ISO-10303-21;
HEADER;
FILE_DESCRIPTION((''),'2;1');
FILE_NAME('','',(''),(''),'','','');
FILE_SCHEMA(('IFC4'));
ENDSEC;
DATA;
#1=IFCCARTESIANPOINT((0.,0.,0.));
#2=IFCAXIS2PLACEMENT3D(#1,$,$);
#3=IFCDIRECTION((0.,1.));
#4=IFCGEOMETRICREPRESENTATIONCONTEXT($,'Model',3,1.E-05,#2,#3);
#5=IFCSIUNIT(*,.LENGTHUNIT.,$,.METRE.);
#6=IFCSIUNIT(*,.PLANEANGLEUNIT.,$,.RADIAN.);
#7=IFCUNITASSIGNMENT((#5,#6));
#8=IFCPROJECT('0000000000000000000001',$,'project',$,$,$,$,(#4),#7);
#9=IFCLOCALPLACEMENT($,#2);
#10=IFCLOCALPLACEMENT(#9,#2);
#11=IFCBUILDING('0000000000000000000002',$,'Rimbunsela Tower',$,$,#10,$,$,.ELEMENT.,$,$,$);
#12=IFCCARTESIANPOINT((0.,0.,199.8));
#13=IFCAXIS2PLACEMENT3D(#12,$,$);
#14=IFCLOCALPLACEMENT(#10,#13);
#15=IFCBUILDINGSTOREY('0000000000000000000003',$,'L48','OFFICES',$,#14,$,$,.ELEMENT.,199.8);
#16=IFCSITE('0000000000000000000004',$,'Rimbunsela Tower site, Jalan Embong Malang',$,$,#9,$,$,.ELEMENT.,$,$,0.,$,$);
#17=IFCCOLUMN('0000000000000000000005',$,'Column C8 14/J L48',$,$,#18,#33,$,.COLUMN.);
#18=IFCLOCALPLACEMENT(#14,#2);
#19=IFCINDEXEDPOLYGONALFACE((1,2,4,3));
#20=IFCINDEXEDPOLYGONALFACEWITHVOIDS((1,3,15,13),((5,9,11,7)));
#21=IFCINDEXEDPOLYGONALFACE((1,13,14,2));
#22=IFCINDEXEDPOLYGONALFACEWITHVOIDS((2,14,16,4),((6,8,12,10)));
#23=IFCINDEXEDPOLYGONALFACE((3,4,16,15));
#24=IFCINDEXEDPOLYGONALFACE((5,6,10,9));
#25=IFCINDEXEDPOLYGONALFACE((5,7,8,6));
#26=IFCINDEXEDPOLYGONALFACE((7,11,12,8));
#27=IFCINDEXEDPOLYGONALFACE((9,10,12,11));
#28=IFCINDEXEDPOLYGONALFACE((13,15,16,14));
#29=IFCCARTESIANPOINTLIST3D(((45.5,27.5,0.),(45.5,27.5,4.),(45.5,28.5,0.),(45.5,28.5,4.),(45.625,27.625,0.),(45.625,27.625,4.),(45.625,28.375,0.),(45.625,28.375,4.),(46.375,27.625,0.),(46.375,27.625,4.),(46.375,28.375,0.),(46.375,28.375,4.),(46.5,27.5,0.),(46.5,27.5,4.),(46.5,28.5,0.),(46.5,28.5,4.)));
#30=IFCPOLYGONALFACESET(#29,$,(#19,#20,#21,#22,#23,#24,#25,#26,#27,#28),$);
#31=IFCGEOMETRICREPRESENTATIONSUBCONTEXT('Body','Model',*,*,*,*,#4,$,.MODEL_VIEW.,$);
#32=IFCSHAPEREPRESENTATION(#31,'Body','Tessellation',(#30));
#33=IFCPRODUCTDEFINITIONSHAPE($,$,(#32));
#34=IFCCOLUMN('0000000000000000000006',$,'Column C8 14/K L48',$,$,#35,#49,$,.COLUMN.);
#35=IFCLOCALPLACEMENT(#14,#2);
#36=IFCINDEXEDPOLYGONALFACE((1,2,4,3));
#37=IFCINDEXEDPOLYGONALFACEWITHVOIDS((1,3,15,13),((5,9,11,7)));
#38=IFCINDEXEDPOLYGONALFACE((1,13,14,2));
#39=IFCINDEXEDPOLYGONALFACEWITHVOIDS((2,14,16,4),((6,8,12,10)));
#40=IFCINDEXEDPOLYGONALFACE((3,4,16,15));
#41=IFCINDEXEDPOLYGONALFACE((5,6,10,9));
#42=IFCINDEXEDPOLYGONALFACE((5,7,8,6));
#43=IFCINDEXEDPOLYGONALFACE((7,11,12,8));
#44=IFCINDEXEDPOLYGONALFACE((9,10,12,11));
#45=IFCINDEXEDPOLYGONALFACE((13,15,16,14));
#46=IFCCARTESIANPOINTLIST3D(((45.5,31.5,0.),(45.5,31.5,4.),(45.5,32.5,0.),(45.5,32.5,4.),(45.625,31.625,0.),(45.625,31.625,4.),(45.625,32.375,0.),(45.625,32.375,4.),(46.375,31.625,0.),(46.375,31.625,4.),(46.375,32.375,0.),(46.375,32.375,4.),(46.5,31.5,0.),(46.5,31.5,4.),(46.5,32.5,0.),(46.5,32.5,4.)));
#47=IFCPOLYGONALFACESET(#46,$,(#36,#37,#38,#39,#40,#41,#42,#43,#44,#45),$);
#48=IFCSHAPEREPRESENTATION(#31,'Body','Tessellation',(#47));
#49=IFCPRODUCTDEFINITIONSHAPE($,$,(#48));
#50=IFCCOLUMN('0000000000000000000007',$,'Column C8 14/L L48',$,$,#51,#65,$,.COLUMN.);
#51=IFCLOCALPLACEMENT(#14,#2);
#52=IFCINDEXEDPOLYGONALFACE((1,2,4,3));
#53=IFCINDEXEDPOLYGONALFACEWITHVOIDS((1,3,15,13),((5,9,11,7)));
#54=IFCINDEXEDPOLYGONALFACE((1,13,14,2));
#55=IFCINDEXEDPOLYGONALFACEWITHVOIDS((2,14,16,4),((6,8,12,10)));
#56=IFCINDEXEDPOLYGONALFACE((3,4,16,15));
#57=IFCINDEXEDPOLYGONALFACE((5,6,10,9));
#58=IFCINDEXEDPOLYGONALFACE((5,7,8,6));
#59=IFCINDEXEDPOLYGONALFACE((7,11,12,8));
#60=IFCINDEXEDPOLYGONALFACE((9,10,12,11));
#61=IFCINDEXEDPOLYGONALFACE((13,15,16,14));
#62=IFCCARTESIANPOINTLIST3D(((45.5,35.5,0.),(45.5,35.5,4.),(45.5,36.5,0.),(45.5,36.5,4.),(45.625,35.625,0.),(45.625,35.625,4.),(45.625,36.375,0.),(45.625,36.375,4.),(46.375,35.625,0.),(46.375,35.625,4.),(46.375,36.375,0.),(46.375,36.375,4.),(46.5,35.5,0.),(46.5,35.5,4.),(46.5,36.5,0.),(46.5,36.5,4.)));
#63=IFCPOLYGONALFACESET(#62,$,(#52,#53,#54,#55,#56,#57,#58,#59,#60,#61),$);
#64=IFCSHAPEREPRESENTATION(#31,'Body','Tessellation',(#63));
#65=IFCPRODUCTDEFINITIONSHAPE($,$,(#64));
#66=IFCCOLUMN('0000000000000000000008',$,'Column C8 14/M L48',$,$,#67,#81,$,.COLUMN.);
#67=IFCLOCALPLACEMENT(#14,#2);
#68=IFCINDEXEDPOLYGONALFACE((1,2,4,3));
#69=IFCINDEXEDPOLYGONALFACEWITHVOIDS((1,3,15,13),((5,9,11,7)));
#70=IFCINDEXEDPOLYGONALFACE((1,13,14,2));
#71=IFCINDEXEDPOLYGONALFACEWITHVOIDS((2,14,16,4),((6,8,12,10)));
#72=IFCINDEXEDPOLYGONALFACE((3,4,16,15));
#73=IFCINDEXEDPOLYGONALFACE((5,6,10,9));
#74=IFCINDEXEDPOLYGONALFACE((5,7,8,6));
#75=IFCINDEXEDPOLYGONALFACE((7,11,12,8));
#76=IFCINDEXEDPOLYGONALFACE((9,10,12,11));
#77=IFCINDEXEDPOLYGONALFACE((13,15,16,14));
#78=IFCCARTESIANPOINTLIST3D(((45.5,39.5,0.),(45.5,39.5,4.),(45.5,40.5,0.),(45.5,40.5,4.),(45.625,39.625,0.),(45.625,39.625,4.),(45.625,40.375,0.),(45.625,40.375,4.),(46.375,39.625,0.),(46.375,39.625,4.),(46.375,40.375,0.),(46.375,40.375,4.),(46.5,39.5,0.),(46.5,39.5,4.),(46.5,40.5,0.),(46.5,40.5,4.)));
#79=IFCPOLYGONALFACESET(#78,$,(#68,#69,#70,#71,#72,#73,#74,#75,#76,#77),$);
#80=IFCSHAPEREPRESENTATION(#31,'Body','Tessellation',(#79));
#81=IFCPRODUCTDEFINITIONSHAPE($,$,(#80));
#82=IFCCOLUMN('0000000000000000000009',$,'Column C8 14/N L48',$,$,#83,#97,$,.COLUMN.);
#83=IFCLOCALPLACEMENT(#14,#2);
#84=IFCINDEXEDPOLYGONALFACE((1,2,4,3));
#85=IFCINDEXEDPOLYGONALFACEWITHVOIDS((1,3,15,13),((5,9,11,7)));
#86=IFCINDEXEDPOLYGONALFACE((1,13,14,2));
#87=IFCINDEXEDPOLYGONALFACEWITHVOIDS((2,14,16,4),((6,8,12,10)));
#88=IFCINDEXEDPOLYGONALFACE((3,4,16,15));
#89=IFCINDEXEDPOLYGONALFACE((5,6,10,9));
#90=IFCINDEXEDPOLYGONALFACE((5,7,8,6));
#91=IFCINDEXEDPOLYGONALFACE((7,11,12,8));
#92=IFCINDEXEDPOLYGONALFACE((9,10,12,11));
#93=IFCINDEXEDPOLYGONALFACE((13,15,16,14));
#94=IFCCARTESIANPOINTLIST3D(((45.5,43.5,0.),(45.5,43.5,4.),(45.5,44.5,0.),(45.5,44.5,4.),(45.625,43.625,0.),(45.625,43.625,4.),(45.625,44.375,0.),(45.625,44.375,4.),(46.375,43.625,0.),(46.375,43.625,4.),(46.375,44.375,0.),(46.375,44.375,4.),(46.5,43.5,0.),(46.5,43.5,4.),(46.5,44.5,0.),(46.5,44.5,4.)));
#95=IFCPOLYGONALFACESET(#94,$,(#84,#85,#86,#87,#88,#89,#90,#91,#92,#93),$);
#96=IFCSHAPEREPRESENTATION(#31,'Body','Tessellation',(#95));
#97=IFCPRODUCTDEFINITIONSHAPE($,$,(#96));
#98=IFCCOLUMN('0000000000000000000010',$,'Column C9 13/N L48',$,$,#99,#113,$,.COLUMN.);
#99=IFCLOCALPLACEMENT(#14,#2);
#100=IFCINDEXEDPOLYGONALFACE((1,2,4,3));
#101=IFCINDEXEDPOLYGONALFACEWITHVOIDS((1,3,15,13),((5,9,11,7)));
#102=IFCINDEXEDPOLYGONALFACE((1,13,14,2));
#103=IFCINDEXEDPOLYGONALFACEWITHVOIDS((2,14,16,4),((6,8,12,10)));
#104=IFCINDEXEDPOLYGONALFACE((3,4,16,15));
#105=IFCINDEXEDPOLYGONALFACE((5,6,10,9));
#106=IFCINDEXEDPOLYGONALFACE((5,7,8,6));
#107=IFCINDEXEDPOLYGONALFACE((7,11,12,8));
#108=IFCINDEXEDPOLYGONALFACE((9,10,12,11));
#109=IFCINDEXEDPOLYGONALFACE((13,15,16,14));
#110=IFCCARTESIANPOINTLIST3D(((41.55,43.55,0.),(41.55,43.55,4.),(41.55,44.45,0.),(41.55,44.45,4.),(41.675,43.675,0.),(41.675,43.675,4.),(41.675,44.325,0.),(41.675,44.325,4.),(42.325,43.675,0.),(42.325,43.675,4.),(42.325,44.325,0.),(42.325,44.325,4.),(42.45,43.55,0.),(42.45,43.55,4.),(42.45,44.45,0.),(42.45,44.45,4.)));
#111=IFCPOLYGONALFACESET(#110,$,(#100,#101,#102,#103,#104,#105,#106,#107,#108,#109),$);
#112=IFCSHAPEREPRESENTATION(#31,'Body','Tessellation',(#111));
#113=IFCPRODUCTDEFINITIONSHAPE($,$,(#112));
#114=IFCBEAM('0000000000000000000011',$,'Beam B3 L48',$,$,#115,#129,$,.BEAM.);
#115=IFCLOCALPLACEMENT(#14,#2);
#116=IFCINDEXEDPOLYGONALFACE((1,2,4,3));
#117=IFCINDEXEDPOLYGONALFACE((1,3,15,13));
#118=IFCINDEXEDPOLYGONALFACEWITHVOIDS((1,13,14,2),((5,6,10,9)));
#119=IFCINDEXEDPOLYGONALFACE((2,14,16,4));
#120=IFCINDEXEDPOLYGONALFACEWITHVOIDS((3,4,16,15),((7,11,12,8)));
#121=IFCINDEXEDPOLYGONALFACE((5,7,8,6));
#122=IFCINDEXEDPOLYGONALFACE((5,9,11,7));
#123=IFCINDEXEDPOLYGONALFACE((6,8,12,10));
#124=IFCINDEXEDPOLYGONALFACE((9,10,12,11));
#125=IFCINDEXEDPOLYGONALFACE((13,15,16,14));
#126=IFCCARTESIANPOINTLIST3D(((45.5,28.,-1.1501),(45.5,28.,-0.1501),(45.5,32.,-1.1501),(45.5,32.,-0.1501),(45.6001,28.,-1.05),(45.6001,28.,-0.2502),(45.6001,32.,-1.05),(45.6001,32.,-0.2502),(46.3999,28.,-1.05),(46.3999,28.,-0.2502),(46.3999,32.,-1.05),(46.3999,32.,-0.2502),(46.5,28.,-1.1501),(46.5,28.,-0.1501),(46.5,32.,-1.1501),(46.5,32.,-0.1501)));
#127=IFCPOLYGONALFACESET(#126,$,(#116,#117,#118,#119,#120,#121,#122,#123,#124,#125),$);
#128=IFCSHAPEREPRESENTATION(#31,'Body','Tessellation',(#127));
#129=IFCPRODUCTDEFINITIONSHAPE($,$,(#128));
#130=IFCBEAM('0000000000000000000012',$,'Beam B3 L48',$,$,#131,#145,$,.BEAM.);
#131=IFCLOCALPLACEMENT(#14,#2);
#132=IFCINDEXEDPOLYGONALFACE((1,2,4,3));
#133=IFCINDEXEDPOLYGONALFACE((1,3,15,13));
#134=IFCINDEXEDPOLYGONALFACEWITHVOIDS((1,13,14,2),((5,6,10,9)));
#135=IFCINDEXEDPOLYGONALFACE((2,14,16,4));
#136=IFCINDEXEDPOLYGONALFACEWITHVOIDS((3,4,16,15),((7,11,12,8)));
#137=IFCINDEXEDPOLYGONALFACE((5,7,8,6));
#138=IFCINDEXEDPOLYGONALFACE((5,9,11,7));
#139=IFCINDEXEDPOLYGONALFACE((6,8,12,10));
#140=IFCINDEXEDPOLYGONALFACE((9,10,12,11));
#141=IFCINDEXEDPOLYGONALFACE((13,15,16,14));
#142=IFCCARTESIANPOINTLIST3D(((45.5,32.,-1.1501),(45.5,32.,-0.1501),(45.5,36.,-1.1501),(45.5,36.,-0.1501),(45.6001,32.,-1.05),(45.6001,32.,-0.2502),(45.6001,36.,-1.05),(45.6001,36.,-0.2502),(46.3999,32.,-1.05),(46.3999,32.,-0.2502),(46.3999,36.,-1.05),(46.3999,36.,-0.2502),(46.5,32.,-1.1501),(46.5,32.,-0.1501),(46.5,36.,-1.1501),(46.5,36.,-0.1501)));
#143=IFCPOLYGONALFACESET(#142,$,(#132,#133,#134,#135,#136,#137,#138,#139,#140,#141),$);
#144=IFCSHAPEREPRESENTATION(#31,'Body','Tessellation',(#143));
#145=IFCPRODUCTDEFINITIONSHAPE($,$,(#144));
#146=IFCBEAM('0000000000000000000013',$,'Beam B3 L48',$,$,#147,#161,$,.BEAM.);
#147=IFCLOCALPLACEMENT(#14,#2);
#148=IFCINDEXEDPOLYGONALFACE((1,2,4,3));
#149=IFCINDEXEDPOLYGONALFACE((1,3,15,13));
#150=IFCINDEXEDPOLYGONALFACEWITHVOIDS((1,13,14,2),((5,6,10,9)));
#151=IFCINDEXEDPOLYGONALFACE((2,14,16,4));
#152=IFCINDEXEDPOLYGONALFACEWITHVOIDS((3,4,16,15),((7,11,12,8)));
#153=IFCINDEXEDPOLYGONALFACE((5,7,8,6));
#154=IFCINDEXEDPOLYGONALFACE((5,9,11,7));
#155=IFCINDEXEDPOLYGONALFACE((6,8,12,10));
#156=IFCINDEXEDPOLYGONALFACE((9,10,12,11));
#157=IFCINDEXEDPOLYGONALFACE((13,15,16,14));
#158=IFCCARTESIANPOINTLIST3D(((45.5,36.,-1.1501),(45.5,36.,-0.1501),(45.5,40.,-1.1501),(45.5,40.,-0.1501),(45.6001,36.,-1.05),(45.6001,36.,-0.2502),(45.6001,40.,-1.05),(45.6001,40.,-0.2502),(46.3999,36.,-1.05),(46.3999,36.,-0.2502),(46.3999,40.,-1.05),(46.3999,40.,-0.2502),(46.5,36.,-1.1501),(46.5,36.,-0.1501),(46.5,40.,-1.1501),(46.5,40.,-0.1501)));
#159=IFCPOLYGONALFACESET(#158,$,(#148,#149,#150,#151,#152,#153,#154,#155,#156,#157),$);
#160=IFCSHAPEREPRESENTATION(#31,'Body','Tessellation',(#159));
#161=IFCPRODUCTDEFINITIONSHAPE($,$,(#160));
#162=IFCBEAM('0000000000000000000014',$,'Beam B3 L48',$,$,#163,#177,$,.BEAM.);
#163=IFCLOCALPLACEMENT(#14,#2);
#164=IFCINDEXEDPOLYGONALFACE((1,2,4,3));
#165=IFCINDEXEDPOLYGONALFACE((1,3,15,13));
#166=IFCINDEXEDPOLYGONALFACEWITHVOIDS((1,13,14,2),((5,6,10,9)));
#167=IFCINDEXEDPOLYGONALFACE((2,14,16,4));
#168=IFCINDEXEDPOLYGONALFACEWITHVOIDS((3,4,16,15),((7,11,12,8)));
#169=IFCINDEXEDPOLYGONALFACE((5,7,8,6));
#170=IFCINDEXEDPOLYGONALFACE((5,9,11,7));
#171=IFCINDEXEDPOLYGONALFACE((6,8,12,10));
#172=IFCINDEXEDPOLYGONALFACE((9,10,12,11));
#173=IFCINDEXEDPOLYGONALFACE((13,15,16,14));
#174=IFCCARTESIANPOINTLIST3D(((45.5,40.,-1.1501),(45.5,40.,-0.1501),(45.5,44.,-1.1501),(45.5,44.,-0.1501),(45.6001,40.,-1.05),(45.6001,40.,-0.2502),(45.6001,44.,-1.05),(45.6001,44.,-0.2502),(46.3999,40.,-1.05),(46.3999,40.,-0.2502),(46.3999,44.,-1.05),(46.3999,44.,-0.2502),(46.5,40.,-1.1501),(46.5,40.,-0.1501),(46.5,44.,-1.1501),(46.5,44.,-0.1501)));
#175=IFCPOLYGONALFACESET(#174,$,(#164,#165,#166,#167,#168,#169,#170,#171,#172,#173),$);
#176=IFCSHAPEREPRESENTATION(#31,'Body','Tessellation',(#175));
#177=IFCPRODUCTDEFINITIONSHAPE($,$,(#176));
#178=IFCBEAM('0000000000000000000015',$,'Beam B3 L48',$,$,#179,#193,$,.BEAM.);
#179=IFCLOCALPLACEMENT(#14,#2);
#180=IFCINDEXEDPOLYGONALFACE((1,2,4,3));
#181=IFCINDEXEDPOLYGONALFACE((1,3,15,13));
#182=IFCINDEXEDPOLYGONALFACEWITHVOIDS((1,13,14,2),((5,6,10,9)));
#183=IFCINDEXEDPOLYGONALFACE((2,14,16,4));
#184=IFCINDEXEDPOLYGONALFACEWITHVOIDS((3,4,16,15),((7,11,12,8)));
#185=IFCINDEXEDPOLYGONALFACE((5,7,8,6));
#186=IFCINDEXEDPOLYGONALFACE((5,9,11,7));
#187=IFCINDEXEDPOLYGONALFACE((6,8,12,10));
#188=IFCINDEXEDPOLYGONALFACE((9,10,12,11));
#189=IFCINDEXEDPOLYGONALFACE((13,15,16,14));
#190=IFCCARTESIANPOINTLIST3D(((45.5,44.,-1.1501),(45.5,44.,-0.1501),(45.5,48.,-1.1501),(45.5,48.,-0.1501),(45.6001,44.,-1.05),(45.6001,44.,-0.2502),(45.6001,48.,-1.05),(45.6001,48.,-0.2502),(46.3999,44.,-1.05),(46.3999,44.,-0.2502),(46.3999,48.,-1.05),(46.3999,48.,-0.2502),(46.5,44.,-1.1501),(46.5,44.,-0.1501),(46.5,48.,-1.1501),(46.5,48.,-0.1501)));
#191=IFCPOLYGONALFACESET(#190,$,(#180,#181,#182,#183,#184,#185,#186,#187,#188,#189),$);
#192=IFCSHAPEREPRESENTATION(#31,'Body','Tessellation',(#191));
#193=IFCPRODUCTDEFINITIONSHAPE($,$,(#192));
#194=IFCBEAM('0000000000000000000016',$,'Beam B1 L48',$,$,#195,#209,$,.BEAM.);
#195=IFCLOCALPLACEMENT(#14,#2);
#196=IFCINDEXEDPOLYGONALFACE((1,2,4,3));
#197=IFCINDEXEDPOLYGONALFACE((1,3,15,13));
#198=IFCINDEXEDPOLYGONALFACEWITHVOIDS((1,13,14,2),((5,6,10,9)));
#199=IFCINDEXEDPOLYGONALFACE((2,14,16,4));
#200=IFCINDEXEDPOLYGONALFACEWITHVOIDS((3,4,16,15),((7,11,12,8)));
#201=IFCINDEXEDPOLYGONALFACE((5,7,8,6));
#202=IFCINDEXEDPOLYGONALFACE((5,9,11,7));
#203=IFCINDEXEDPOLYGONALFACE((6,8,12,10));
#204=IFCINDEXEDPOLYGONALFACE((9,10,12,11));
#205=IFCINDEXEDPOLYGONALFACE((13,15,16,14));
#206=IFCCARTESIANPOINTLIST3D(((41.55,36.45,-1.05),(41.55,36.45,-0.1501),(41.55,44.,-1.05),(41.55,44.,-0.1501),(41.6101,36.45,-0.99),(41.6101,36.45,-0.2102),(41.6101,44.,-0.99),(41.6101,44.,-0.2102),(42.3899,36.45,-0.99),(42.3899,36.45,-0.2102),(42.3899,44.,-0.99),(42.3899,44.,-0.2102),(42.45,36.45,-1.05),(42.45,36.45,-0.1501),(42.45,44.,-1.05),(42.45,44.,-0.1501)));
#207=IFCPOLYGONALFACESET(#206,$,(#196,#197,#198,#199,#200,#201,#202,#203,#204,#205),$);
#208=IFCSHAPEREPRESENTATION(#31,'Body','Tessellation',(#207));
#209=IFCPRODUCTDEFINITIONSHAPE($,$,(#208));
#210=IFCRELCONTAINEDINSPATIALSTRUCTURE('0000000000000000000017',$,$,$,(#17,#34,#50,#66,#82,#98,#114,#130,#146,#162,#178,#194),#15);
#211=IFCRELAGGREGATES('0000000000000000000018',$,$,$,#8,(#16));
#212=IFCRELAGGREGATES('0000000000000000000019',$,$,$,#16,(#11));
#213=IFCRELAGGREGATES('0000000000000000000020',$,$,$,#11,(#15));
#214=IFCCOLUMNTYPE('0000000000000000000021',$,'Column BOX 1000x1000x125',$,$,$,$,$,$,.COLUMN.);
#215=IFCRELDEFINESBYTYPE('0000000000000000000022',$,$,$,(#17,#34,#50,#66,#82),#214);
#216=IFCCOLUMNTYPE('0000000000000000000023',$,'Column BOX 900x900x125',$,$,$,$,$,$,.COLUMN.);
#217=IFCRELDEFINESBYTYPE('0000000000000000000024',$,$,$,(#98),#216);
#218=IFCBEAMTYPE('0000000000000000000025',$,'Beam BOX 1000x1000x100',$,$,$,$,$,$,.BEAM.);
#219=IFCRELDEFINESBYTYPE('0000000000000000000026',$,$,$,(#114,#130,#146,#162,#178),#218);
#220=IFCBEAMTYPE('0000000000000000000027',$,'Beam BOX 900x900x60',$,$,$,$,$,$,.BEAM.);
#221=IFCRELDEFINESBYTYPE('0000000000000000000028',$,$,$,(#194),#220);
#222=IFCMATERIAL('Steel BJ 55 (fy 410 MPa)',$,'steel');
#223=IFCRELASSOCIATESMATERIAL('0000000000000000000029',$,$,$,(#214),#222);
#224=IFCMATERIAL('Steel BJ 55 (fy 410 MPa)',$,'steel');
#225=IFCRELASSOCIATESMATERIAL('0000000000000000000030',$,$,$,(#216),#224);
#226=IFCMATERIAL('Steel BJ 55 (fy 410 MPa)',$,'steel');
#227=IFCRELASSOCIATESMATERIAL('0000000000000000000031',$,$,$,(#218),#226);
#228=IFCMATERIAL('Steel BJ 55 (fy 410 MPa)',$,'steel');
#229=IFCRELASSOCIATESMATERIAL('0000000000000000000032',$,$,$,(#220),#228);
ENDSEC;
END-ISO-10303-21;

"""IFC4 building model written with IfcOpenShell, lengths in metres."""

from ifc_helpers import new_model, si_unit, direction, frame, origin, origin_2d, place, context, subcontext, project, spatial, hollow_rectangle, extrude, material, material_profile, profile_set, type_object, element, save


model = new_model("IFC4")

# Units and contexts
model_context = context("Model", 3, precision=1e-05, world=origin(), true_north=direction((0.0, 1.0)))
body_context = subcontext(model_context, "Body", "Model", "MODEL_VIEW")
ifc_project = project(units=[si_unit("LENGTHUNIT", "METRE"), si_unit("PLANEANGLEUNIT", "RADIAN")], contexts=[model_context])

# Site, building, storey
site_placement = place(None, origin())
site = spatial("IfcSite", under=ifc_project, at=site_placement, Name="Rimbunsela Tower site, Jalan Embong Malang", CompositionType="ELEMENT", RefElevation=0.0)
building_placement = place(site_placement, origin())
building = spatial("IfcBuilding", under=site, at=building_placement, Name="Rimbunsela Tower", CompositionType="ELEMENT")
storey_placement = place(building_placement, frame((0.0, 0.0, 199.8)))
storey = spatial("IfcBuildingStorey", under=building, at=storey_placement, Name="L48", Description="OFFICES", CompositionType="ELEMENT", Elevation=199.8)

# Columns
ifc_material_1 = material(Name="Steel BJ 55 (fy 410 MPa)", Category="steel")
ifc_material_profile_1 = material_profile(ifc_material_1, hollow_rectangle(XDim=1.0, YDim=1.0, WallThickness=0.125, at=origin_2d()), Name="BOX 1000x1000x125")
ifc_profile_set_1 = profile_set([ifc_material_profile_1], Name="Steel BJ 55 (fy 410 MPa)")
column_type_1 = type_object("IfcColumnType", Name="Column BOX 1000x1000x125", PredefinedType="COLUMN", material=ifc_profile_set_1)
for number, where, z_axis, x_axis, name in (
    (1, (46.0, 28.0, 0.0), (0.0, 0.0, 1.0), (1.0, 0.0, 0.0), "Column C8 14/J L48"),
    (2, (46.0, 32.0, 0.0), (0.0, 0.0, 1.0), (1.0, 0.0, 0.0), "Column C8 14/K L48"),
    (3, (46.0, 36.0, 0.0), (0.0, 0.0, 1.0), (1.0, 0.0, 0.0), "Column C8 14/L L48"),
    (4, (46.0, 40.0, 0.0), (0.0, 0.0, 1.0), (1.0, 0.0, 0.0), "Column C8 14/M L48"),
    (5, (46.0, 44.0, 0.0), (0.0, 0.0, 1.0), (1.0, 0.0, 0.0), "Column C8 14/N L48"),
):
    element("IfcColumn", number, at=place(storey_placement, frame(where, z_axis=z_axis, x_axis=x_axis)), inside=storey, type_object=column_type_1, Name=name, PredefinedType="COLUMN", context=body_context, shape_type="SweptSolid", body=[
        extrude(hollow_rectangle(XDim=1.0, YDim=1.0, WallThickness=0.125, at=origin_2d()), origin(), (0.0, 0.0, 1.0), 4.0),
    ])
ifc_material_2 = material(Name="Steel BJ 55 (fy 410 MPa)", Category="steel")
ifc_material_profile_2 = material_profile(ifc_material_2, hollow_rectangle(XDim=0.8999, YDim=0.8999, WallThickness=0.125, at=origin_2d()), Name="BOX 900x900x125")
ifc_profile_set_2 = profile_set([ifc_material_profile_2], Name="Steel BJ 55 (fy 410 MPa)")
column_type_2 = type_object("IfcColumnType", Name="Column BOX 900x900x125", PredefinedType="COLUMN", material=ifc_profile_set_2)
column_placement = place(storey_placement, frame((42.0, 44.0, 0.0), z_axis=(0.0, 0.0, 1.0), x_axis=(1.0, 0.0, 0.0)))
element("IfcColumn", 6, at=column_placement, inside=storey, type_object=column_type_2, Name="Column C9 13/N L48", PredefinedType="COLUMN", context=body_context, shape_type="SweptSolid", body=[
    extrude(hollow_rectangle(XDim=0.8999, YDim=0.8999, WallThickness=0.125, at=origin_2d()), origin(), (0.0, 0.0, 1.0), 4.0),
])

# Beams
ifc_material_3 = material(Name="Steel BJ 55 (fy 410 MPa)", Category="steel")
ifc_material_profile_3 = material_profile(ifc_material_3, hollow_rectangle(XDim=1.0, YDim=1.0, WallThickness=0.1001, at=origin_2d()), Name="BOX 1000x1000x100")
ifc_profile_set_3 = profile_set([ifc_material_profile_3], Name="Steel BJ 55 (fy 410 MPa)")
beam_type_1 = type_object("IfcBeamType", Name="Beam BOX 1000x1000x100", PredefinedType="BEAM", material=ifc_profile_set_3)
for number, where, z_axis, x_axis, name in (
    (7, (46.0, 28.0, -0.6501), (0.0, 1.0, 0.0), (-1.0, 0.0, 0.0), "Beam B3 L48"),
    (8, (46.0, 32.0, -0.6501), (0.0, 1.0, 0.0), (-1.0, 0.0, 0.0), "Beam B3 L48"),
    (9, (46.0, 36.0, -0.6501), (0.0, 1.0, 0.0), (-1.0, 0.0, 0.0), "Beam B3 L48"),
    (10, (46.0, 40.0, -0.6501), (0.0, 1.0, 0.0), (-1.0, 0.0, 0.0), "Beam B3 L48"),
    (11, (46.0, 44.0, -0.6501), (0.0, 1.0, 0.0), (-1.0, 0.0, 0.0), "Beam B3 L48"),
):
    element("IfcBeam", number, at=place(storey_placement, frame(where, z_axis=z_axis, x_axis=x_axis)), inside=storey, type_object=beam_type_1, Name=name, PredefinedType="BEAM", context=body_context, shape_type="SweptSolid", body=[
        extrude(hollow_rectangle(XDim=1.0, YDim=1.0, WallThickness=0.1001, at=origin_2d()), origin(), (0.0, 0.0, 1.0), 4.0),
    ])
ifc_material_4 = material(Name="Steel BJ 55 (fy 410 MPa)", Category="steel")
ifc_material_profile_4 = material_profile(ifc_material_4, hollow_rectangle(XDim=0.8999, YDim=0.8999, WallThickness=0.0601, at=origin_2d()), Name="BOX 900x900x60")
ifc_profile_set_4 = profile_set([ifc_material_profile_4], Name="Steel BJ 55 (fy 410 MPa)")
beam_type_2 = type_object("IfcBeamType", Name="Beam BOX 900x900x60", PredefinedType="BEAM", material=ifc_profile_set_4)
beam_1_placement = place(storey_placement, frame((42.0, 36.45, -0.6001), z_axis=(0.0, 1.0, 0.0), x_axis=(-1.0, 0.0, 0.0)))
element("IfcBeam", 12, at=beam_1_placement, inside=storey, type_object=beam_type_2, Name="Beam B1 L48", PredefinedType="BEAM", context=body_context, shape_type="SweptSolid", body=[
    extrude(hollow_rectangle(XDim=0.8999, YDim=0.8999, WallThickness=0.0601, at=origin_2d()), origin(), (0.0, 0.0, 1.0), 7.55),
])

save(model, "model.ifc")
